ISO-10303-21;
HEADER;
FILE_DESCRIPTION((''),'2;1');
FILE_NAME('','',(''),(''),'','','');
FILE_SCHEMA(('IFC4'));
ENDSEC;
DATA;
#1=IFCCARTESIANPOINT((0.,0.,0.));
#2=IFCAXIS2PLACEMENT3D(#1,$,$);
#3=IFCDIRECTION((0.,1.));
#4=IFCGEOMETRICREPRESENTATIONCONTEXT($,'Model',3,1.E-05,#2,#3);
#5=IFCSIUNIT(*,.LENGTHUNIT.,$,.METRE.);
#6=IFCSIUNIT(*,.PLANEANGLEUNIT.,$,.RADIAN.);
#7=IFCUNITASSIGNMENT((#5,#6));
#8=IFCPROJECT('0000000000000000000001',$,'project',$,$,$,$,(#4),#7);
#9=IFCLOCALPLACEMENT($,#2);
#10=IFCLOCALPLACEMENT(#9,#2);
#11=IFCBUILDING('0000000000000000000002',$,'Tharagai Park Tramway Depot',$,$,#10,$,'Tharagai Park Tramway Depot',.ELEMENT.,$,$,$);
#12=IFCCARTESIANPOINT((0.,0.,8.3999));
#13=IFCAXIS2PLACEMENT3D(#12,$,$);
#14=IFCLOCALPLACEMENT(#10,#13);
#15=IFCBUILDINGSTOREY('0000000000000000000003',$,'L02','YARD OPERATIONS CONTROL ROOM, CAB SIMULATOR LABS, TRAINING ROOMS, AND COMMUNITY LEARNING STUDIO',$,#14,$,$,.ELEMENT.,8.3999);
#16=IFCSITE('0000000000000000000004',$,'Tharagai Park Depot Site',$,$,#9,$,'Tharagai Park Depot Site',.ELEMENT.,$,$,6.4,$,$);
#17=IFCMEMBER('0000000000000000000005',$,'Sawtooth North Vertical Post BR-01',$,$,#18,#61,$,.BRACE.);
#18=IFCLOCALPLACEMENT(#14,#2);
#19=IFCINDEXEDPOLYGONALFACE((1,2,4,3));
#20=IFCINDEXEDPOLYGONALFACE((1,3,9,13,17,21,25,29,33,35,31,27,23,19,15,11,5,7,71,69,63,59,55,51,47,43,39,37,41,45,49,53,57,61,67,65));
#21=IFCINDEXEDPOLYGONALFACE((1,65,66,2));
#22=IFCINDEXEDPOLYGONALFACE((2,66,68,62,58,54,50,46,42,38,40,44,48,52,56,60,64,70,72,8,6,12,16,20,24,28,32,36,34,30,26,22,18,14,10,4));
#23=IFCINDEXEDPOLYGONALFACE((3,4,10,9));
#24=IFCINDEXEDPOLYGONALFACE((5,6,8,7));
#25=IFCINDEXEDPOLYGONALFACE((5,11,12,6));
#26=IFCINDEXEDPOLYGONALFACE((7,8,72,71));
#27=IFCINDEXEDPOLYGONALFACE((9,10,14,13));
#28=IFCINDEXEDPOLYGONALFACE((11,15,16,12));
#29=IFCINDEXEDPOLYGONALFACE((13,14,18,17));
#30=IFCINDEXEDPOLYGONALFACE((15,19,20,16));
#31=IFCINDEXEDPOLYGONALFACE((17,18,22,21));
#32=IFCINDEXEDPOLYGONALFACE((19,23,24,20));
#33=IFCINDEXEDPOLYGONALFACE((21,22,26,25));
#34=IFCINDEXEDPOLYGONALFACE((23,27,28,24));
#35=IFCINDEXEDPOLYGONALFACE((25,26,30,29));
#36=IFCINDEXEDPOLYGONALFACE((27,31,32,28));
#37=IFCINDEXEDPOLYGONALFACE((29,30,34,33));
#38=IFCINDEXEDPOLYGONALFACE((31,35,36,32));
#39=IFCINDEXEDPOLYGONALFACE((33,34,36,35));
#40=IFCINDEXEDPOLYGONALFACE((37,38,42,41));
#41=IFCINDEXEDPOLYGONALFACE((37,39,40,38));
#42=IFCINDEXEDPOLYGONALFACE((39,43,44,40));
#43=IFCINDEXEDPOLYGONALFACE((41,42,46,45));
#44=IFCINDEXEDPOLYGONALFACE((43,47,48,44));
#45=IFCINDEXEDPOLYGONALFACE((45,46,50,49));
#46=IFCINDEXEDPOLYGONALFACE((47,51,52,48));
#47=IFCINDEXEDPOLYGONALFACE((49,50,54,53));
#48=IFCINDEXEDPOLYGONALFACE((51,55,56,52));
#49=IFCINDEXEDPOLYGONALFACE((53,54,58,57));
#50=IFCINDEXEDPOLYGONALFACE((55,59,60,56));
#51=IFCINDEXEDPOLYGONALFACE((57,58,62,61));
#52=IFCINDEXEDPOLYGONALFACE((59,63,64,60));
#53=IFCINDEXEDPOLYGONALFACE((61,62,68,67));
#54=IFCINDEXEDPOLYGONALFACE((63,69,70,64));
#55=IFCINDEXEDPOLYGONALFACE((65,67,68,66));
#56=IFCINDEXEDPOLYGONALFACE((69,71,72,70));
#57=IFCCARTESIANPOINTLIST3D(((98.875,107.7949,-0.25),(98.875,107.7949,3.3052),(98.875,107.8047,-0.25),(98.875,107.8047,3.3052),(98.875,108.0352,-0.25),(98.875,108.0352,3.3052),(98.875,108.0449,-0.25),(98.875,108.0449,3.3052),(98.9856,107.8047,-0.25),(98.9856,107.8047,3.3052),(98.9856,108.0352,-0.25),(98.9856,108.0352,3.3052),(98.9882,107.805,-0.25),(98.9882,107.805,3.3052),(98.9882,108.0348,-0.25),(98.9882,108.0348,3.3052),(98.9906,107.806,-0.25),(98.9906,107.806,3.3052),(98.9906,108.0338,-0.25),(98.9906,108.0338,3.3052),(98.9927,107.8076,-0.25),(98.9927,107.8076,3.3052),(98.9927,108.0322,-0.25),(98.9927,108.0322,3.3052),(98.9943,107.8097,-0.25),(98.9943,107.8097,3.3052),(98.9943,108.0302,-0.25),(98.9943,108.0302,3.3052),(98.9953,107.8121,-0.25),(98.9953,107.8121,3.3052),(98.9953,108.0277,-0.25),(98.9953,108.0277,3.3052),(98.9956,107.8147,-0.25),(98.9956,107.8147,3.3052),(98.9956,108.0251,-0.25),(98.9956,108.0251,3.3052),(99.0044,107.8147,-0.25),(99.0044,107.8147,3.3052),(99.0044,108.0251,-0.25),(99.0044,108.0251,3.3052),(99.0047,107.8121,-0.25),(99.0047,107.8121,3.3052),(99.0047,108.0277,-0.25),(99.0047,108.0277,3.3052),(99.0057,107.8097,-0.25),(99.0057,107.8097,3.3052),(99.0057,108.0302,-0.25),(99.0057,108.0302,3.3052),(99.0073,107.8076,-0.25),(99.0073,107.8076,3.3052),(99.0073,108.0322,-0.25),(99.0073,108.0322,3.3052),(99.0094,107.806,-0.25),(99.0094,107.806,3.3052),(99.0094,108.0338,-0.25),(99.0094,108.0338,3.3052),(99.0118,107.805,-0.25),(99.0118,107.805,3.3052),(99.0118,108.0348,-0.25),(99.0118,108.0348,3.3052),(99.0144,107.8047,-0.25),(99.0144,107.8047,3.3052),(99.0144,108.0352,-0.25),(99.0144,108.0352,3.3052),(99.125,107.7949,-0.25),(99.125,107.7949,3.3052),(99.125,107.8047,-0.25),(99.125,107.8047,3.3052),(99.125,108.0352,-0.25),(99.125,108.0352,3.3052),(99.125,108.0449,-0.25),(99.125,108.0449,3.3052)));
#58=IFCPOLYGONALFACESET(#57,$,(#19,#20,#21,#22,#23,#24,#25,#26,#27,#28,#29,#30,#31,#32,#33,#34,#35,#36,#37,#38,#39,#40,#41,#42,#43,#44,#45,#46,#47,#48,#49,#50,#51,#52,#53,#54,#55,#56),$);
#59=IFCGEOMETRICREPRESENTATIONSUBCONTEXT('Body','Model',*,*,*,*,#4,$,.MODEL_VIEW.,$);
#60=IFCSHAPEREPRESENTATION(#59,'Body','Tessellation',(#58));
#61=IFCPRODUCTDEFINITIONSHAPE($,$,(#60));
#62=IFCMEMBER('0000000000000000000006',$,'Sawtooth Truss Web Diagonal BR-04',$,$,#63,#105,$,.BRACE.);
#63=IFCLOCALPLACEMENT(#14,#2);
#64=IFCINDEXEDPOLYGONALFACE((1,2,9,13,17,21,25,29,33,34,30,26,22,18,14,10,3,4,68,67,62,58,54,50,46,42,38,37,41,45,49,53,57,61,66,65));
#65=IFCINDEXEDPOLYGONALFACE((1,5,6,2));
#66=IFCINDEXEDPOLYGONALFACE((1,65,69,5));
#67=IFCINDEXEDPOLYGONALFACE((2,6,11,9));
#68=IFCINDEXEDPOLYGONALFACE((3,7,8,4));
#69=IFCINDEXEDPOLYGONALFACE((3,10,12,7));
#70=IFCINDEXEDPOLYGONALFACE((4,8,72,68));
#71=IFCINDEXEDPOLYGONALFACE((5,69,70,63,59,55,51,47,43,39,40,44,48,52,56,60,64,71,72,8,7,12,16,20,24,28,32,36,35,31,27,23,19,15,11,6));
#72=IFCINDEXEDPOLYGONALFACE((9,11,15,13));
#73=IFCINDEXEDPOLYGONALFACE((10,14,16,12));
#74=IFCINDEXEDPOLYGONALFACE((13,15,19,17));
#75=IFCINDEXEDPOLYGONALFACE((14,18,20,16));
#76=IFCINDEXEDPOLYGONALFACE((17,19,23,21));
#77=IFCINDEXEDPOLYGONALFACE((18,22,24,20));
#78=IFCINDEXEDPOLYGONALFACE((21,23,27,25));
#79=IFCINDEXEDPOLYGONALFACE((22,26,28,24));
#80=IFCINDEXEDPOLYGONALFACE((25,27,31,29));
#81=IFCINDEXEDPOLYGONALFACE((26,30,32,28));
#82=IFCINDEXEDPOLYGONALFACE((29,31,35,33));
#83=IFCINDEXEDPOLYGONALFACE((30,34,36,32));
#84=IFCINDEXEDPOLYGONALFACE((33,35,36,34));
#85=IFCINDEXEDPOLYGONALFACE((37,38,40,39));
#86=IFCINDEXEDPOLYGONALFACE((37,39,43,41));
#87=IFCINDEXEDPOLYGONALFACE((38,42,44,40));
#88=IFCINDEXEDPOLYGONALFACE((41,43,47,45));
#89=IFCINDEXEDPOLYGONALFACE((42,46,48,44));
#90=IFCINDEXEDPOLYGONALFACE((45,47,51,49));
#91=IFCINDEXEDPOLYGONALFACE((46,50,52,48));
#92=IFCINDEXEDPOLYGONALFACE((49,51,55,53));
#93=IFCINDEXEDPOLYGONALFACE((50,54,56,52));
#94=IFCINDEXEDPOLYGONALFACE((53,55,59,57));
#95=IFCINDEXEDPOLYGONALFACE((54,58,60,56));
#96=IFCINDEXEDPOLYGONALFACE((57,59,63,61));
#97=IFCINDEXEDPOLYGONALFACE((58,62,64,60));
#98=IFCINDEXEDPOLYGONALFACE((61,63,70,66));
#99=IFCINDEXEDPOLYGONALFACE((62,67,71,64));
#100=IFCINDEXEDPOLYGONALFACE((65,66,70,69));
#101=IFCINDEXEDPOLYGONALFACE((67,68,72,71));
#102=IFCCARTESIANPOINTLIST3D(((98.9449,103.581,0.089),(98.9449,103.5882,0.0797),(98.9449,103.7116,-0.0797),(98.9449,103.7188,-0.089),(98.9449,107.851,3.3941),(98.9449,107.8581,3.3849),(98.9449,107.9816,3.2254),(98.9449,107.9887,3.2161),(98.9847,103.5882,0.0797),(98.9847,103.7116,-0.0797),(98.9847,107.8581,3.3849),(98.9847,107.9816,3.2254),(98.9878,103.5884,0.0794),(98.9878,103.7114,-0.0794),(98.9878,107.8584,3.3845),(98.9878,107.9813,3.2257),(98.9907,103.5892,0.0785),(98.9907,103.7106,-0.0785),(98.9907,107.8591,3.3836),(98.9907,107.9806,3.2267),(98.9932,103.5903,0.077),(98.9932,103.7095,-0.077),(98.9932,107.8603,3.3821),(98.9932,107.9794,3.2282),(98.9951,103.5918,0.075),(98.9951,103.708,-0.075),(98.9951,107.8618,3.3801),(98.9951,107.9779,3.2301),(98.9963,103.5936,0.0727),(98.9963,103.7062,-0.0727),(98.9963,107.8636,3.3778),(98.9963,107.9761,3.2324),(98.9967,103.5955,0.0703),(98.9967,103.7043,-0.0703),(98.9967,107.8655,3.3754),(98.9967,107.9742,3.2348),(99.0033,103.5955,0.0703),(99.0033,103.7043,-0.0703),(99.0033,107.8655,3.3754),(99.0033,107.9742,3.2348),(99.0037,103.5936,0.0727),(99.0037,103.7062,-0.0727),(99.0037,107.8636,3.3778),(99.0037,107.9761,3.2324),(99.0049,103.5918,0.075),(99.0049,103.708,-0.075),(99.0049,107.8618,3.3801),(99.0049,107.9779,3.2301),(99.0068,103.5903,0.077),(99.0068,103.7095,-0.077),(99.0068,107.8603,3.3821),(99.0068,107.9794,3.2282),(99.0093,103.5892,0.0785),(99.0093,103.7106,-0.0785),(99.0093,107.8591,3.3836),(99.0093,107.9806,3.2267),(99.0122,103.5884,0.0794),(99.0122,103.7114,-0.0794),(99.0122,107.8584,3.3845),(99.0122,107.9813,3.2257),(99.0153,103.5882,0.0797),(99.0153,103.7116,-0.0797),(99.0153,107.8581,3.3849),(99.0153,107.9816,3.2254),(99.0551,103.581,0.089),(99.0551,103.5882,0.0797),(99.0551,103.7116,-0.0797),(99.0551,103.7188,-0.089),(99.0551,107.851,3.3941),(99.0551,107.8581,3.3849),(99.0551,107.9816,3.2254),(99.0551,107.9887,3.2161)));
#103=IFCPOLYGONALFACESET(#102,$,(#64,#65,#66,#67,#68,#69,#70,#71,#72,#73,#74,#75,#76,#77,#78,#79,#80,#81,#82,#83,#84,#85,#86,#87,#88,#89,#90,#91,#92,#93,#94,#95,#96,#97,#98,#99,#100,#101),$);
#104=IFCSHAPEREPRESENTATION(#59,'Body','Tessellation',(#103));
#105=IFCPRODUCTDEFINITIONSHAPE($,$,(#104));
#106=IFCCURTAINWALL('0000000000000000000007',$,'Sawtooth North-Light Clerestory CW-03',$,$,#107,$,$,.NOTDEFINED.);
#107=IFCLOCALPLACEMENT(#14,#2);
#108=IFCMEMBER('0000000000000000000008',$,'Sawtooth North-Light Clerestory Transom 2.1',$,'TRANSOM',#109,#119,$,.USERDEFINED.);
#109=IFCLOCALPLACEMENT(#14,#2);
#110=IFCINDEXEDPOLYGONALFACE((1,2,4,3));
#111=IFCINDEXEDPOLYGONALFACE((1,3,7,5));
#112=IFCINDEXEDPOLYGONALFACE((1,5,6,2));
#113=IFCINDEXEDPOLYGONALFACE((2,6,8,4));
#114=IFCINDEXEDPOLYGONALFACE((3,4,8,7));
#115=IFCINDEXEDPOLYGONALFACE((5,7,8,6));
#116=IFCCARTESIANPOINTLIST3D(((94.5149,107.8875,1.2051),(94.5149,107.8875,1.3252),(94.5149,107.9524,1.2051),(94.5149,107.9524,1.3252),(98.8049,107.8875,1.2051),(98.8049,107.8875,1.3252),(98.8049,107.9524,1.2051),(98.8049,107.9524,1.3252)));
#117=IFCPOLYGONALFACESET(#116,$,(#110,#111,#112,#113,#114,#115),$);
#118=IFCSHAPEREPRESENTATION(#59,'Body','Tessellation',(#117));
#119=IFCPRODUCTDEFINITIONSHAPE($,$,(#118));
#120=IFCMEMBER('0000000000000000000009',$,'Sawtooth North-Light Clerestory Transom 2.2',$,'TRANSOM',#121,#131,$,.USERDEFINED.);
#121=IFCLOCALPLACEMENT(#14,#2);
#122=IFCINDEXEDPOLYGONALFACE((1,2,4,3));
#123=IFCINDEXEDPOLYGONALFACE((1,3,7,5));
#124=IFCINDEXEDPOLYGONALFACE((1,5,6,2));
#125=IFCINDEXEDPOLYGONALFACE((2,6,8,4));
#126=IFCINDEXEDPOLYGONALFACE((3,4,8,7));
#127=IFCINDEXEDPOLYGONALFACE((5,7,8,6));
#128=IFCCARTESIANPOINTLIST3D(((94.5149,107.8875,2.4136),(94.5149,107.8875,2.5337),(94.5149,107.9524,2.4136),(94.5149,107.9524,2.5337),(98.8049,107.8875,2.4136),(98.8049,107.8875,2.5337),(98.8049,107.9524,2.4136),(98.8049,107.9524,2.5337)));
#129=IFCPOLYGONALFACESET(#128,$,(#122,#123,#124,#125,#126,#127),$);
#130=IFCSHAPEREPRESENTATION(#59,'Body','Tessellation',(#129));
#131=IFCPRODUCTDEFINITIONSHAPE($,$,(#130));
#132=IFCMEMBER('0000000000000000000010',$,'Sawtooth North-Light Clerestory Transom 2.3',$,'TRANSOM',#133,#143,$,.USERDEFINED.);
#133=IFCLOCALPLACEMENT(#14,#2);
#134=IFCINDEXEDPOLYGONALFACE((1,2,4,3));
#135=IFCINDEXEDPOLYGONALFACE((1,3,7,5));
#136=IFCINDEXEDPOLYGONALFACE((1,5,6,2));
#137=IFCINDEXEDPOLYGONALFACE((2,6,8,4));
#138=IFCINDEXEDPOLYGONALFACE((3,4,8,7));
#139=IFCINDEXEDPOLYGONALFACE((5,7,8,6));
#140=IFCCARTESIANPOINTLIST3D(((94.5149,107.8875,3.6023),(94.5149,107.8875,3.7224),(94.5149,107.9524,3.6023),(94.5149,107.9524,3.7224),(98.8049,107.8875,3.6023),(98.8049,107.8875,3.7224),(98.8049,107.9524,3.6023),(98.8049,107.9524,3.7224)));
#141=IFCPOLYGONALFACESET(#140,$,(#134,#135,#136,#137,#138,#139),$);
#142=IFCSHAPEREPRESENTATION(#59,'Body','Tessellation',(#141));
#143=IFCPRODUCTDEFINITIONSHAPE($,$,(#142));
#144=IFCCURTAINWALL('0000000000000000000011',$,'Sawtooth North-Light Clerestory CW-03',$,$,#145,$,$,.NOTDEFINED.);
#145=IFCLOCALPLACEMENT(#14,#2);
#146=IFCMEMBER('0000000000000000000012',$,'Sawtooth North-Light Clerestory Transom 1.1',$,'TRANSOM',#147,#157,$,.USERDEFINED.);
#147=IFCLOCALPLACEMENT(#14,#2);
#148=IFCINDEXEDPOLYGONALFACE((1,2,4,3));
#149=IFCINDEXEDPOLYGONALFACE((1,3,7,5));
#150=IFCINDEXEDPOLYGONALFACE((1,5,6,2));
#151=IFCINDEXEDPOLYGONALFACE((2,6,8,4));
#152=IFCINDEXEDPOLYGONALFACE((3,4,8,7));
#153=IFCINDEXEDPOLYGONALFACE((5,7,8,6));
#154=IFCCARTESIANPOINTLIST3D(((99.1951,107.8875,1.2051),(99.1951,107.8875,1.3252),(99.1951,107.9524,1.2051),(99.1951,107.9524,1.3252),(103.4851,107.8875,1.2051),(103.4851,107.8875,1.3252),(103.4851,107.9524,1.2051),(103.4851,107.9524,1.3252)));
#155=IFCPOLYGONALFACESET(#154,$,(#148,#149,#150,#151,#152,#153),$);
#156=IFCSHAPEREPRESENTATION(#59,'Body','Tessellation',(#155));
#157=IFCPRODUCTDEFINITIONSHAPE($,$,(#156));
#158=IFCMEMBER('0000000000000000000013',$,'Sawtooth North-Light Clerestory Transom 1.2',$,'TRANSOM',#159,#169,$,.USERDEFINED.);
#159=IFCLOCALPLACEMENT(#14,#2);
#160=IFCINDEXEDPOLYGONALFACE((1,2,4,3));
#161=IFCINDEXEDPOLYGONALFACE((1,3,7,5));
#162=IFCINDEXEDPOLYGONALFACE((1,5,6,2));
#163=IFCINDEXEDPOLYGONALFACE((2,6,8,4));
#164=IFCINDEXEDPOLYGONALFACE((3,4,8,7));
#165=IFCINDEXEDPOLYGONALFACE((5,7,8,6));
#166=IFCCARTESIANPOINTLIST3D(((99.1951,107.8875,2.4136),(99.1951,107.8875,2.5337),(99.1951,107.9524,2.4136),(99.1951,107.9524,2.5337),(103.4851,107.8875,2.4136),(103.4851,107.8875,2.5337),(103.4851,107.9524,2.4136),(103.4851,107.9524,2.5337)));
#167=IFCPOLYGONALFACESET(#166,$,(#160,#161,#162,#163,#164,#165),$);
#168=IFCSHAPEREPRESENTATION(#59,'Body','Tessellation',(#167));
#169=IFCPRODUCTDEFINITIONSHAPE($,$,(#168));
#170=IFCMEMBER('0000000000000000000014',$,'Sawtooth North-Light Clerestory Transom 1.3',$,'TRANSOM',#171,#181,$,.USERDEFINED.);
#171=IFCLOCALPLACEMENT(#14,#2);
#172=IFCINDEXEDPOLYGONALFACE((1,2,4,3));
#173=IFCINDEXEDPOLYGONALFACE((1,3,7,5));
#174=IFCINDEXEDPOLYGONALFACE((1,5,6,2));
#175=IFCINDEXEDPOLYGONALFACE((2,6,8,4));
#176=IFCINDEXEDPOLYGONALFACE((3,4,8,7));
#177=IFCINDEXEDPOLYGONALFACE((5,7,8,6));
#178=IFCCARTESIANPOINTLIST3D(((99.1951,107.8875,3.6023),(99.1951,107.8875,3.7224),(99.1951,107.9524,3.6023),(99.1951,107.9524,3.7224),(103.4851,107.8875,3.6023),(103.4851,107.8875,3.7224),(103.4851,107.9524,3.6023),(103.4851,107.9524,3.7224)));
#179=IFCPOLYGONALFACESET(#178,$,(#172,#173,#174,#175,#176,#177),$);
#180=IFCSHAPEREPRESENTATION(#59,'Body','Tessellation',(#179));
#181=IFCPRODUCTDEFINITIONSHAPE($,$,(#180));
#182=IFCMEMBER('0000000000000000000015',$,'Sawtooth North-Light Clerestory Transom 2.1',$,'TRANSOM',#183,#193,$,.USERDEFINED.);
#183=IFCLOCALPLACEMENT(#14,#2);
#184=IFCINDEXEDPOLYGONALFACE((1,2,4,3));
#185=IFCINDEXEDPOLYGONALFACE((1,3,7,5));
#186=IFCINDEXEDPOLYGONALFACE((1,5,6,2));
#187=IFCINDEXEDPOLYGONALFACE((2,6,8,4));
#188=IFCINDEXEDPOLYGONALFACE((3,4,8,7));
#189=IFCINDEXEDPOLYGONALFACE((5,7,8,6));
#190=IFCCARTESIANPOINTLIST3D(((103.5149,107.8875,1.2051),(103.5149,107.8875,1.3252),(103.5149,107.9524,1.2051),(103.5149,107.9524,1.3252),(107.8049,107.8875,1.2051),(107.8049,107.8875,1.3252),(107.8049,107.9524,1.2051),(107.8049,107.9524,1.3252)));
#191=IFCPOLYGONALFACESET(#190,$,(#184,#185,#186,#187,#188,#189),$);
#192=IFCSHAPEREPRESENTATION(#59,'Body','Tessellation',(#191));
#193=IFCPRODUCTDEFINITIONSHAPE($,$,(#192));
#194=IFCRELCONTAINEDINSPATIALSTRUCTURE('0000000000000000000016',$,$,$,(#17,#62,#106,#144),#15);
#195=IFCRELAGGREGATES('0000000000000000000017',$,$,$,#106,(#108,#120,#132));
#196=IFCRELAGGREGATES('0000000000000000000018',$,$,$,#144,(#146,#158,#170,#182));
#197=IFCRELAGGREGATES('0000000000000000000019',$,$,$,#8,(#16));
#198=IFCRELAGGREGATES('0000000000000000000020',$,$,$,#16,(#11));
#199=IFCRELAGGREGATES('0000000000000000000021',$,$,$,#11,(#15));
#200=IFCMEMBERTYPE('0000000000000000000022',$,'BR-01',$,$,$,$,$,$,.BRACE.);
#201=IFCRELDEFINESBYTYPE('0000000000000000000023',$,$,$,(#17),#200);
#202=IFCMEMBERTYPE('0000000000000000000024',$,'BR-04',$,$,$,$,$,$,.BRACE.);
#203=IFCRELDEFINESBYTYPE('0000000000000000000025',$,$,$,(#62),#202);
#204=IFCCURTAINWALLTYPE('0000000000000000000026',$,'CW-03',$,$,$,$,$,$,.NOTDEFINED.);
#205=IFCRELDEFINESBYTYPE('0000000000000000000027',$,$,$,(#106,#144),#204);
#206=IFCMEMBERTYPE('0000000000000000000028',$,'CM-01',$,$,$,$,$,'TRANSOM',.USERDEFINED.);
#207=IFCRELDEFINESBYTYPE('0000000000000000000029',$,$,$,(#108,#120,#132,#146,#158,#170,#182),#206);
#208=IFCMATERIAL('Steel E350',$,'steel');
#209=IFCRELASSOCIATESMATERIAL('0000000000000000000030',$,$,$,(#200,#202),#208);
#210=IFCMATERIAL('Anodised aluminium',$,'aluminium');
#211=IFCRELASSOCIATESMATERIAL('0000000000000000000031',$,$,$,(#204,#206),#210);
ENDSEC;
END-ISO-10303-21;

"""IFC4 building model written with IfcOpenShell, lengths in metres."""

from ifc_helpers import new_model, si_unit, direction, frame, origin, origin_2d, place, context, subcontext, project, spatial, rectangle, i_section, extrude, material, material_profile, profile_set, type_object, element, aggregate, save


model = new_model("IFC4")

# Units and contexts
model_context = context("Model", 3, precision=1e-05, world=origin(), true_north=direction((0.0, 1.0)))
body_context = subcontext(model_context, "Body", "Model", "MODEL_VIEW")
ifc_project = project(units=[si_unit("LENGTHUNIT", "METRE"), si_unit("PLANEANGLEUNIT", "RADIAN")], contexts=[model_context])

# Site, building, storey
site_placement = place(None, origin())
site = spatial("IfcSite", under=ifc_project, at=site_placement, Name="Tharagai Park Depot Site", LongName="Tharagai Park Depot Site", CompositionType="ELEMENT", RefElevation=6.4)
building_placement = place(site_placement, origin())
building = spatial("IfcBuilding", under=site, at=building_placement, Name="Tharagai Park Tramway Depot", LongName="Tharagai Park Tramway Depot", CompositionType="ELEMENT")
storey_placement = place(building_placement, frame((0.0, 0.0, 8.3999)))
storey = spatial("IfcBuildingStorey", under=building, at=storey_placement, Name="L02", Description="YARD OPERATIONS CONTROL ROOM, CAB SIMULATOR LABS, TRAINING ROOMS, AND COMMUNITY LEARNING STUDIO", CompositionType="ELEMENT", Elevation=8.3999)

# Members
ifc_material_1 = material(Name="Steel E350", Category="steel")
ifc_material_profile_1 = material_profile(ifc_material_1, i_section(OverallWidth=0.25, OverallDepth=0.25, WebThickness=0.0088, FlangeThickness=0.0098, FilletRadius=0.01, at=origin_2d()), Name="ISHB 250")
ifc_profile_set_1 = profile_set([ifc_material_profile_1], Name="Steel E350")
member_type_1 = type_object("IfcMemberType", Name="BR-01", PredefinedType="BRACE", material=ifc_profile_set_1)
member_1_placement = place(storey_placement, frame((99.0, 107.9199, -0.25), z_axis=(0.0, 0.0, 1.0), x_axis=(1.0, 0.0, 0.0)))
element("IfcMember", 1, at=member_1_placement, inside=storey, type_object=member_type_1, Name="Sawtooth North Vertical Post BR-01", PredefinedType="BRACE", context=body_context, shape_type="SweptSolid", body=[
    extrude(i_section(OverallWidth=0.25, OverallDepth=0.25, WebThickness=0.0088, FlangeThickness=0.0098, FilletRadius=0.01, at=origin_2d()), origin(), (0.0, 0.0, 1.0), 3.5552),
])
ifc_material_profile_2 = material_profile(ifc_material_1, i_section(OverallWidth=0.1101, OverallDepth=0.2251, WebThickness=0.0066, FlangeThickness=0.0117, FilletRadius=0.012, at=origin_2d()), Name="ISMB 225")
ifc_profile_set_2 = profile_set([ifc_material_profile_2], Name="Steel E350")
member_type_2 = type_object("IfcMemberType", Name="BR-04", PredefinedType="BRACE", material=ifc_profile_set_2)
member_2_placement = place(storey_placement, frame((99.0, 103.6499, 0.0), z_axis=(0.0, 0.790782, 0.612098), x_axis=(-1.0, 0.0, 0.0)))
element("IfcMember", 2, at=member_2_placement, inside=storey, type_object=member_type_2, Name="Sawtooth Truss Web Diagonal BR-04", PredefinedType="BRACE", context=body_context, shape_type="SweptSolid", body=[
    extrude(i_section(OverallWidth=0.1101, OverallDepth=0.2251, WebThickness=0.0066, FlangeThickness=0.0117, FilletRadius=0.012, at=origin_2d()), origin(), (0.0, 0.0, 1.0), 5.3997),
])

# Curtain walls, members
ifc_material_2 = material(Name="Anodised aluminium", Category="aluminium")
curtain_wall_type = type_object("IfcCurtainWallType", Name="CW-03", PredefinedType="NOTDEFINED", material=ifc_material_2)
curtain_wall_1_placement = place(storey_placement, origin())
curtain_wall_1 = element("IfcCurtainWall", 3, at=curtain_wall_1_placement, inside=storey, type_object=curtain_wall_type, Name="Sawtooth North-Light Clerestory CW-03", PredefinedType="NOTDEFINED")
ifc_material_profile_3 = material_profile(ifc_material_2, rectangle(XDim=0.0649, YDim=0.1201, at=origin_2d()), Name="ALU 65x120")
ifc_profile_set_3 = profile_set([ifc_material_profile_3], Name="Anodised aluminium")
member_type_3 = type_object("IfcMemberType", Name="CM-01", ElementType="TRANSOM", PredefinedType="USERDEFINED", material=ifc_profile_set_3)
member_3_placement = place(storey_placement, frame((94.5149, 107.9199, 1.2651), z_axis=(1.0, 0.0, 0.0), x_axis=(0.0, 1.0, 0.0)))
member_3 = element("IfcMember", 4, at=member_3_placement, type_object=member_type_3, Name="Sawtooth North-Light Clerestory Transom 2.1", ObjectType="TRANSOM", PredefinedType="USERDEFINED", context=body_context, shape_type="SweptSolid", body=[
    extrude(rectangle(XDim=0.0649, YDim=0.1201, at=origin_2d()), origin(), (0.0, 0.0, 1.0), 4.29),
])
member_4_placement = place(storey_placement, frame((94.5149, 107.9199, 2.4736), z_axis=(1.0, 0.0, 0.0), x_axis=(0.0, 1.0, 0.0)))
member_4 = element("IfcMember", 5, at=member_4_placement, type_object=member_type_3, Name="Sawtooth North-Light Clerestory Transom 2.2", ObjectType="TRANSOM", PredefinedType="USERDEFINED", context=body_context, shape_type="SweptSolid", body=[
    extrude(rectangle(XDim=0.0649, YDim=0.1201, at=origin_2d()), origin(), (0.0, 0.0, 1.0), 4.29),
])
member_5_placement = place(storey_placement, frame((94.5149, 107.9199, 3.6624), z_axis=(1.0, 0.0, 0.0), x_axis=(0.0, 1.0, 0.0)))
member_5 = element("IfcMember", 6, at=member_5_placement, type_object=member_type_3, Name="Sawtooth North-Light Clerestory Transom 2.3", ObjectType="TRANSOM", PredefinedType="USERDEFINED", context=body_context, shape_type="SweptSolid", body=[
    extrude(rectangle(XDim=0.0649, YDim=0.1201, at=origin_2d()), origin(), (0.0, 0.0, 1.0), 4.29),
])
curtain_wall_2_placement = place(storey_placement, origin())
curtain_wall_2 = element("IfcCurtainWall", 7, at=curtain_wall_2_placement, inside=storey, type_object=curtain_wall_type, Name="Sawtooth North-Light Clerestory CW-03", PredefinedType="NOTDEFINED")
member_6_placement = place(storey_placement, frame((99.1951, 107.9199, 1.2651), z_axis=(1.0, 0.0, 0.0), x_axis=(0.0, 1.0, 0.0)))
member_6 = element("IfcMember", 8, at=member_6_placement, type_object=member_type_3, Name="Sawtooth North-Light Clerestory Transom 1.1", ObjectType="TRANSOM", PredefinedType="USERDEFINED", context=body_context, shape_type="SweptSolid", body=[
    extrude(rectangle(XDim=0.0649, YDim=0.1201, at=origin_2d()), origin(), (0.0, 0.0, 1.0), 4.29),
])
member_7_placement = place(storey_placement, frame((99.1951, 107.9199, 2.4736), z_axis=(1.0, 0.0, 0.0), x_axis=(0.0, 1.0, 0.0)))
member_7 = element("IfcMember", 9, at=member_7_placement, type_object=member_type_3, Name="Sawtooth North-Light Clerestory Transom 1.2", ObjectType="TRANSOM", PredefinedType="USERDEFINED", context=body_context, shape_type="SweptSolid", body=[
    extrude(rectangle(XDim=0.0649, YDim=0.1201, at=origin_2d()), origin(), (0.0, 0.0, 1.0), 4.29),
])
member_8_placement = place(storey_placement, frame((99.1951, 107.9199, 3.6624), z_axis=(1.0, 0.0, 0.0), x_axis=(0.0, 1.0, 0.0)))
member_8 = element("IfcMember", 10, at=member_8_placement, type_object=member_type_3, Name="Sawtooth North-Light Clerestory Transom 1.3", ObjectType="TRANSOM", PredefinedType="USERDEFINED", context=body_context, shape_type="SweptSolid", body=[
    extrude(rectangle(XDim=0.0649, YDim=0.1201, at=origin_2d()), origin(), (0.0, 0.0, 1.0), 4.29),
])
member_9_placement = place(storey_placement, frame((103.5149, 107.9199, 1.2651), z_axis=(1.0, 0.0, 0.0), x_axis=(0.0, 1.0, 0.0)))
member_9 = element("IfcMember", 11, at=member_9_placement, type_object=member_type_3, Name="Sawtooth North-Light Clerestory Transom 2.1", ObjectType="TRANSOM", PredefinedType="USERDEFINED", context=body_context, shape_type="SweptSolid", body=[
    extrude(rectangle(XDim=0.0649, YDim=0.1201, at=origin_2d()), origin(), (0.0, 0.0, 1.0), 4.29),
])

aggregate(curtain_wall_1, [member_3, member_4, member_5])
aggregate(curtain_wall_2, [member_6, member_7, member_8, member_9])

save(model, "model.ifc")
